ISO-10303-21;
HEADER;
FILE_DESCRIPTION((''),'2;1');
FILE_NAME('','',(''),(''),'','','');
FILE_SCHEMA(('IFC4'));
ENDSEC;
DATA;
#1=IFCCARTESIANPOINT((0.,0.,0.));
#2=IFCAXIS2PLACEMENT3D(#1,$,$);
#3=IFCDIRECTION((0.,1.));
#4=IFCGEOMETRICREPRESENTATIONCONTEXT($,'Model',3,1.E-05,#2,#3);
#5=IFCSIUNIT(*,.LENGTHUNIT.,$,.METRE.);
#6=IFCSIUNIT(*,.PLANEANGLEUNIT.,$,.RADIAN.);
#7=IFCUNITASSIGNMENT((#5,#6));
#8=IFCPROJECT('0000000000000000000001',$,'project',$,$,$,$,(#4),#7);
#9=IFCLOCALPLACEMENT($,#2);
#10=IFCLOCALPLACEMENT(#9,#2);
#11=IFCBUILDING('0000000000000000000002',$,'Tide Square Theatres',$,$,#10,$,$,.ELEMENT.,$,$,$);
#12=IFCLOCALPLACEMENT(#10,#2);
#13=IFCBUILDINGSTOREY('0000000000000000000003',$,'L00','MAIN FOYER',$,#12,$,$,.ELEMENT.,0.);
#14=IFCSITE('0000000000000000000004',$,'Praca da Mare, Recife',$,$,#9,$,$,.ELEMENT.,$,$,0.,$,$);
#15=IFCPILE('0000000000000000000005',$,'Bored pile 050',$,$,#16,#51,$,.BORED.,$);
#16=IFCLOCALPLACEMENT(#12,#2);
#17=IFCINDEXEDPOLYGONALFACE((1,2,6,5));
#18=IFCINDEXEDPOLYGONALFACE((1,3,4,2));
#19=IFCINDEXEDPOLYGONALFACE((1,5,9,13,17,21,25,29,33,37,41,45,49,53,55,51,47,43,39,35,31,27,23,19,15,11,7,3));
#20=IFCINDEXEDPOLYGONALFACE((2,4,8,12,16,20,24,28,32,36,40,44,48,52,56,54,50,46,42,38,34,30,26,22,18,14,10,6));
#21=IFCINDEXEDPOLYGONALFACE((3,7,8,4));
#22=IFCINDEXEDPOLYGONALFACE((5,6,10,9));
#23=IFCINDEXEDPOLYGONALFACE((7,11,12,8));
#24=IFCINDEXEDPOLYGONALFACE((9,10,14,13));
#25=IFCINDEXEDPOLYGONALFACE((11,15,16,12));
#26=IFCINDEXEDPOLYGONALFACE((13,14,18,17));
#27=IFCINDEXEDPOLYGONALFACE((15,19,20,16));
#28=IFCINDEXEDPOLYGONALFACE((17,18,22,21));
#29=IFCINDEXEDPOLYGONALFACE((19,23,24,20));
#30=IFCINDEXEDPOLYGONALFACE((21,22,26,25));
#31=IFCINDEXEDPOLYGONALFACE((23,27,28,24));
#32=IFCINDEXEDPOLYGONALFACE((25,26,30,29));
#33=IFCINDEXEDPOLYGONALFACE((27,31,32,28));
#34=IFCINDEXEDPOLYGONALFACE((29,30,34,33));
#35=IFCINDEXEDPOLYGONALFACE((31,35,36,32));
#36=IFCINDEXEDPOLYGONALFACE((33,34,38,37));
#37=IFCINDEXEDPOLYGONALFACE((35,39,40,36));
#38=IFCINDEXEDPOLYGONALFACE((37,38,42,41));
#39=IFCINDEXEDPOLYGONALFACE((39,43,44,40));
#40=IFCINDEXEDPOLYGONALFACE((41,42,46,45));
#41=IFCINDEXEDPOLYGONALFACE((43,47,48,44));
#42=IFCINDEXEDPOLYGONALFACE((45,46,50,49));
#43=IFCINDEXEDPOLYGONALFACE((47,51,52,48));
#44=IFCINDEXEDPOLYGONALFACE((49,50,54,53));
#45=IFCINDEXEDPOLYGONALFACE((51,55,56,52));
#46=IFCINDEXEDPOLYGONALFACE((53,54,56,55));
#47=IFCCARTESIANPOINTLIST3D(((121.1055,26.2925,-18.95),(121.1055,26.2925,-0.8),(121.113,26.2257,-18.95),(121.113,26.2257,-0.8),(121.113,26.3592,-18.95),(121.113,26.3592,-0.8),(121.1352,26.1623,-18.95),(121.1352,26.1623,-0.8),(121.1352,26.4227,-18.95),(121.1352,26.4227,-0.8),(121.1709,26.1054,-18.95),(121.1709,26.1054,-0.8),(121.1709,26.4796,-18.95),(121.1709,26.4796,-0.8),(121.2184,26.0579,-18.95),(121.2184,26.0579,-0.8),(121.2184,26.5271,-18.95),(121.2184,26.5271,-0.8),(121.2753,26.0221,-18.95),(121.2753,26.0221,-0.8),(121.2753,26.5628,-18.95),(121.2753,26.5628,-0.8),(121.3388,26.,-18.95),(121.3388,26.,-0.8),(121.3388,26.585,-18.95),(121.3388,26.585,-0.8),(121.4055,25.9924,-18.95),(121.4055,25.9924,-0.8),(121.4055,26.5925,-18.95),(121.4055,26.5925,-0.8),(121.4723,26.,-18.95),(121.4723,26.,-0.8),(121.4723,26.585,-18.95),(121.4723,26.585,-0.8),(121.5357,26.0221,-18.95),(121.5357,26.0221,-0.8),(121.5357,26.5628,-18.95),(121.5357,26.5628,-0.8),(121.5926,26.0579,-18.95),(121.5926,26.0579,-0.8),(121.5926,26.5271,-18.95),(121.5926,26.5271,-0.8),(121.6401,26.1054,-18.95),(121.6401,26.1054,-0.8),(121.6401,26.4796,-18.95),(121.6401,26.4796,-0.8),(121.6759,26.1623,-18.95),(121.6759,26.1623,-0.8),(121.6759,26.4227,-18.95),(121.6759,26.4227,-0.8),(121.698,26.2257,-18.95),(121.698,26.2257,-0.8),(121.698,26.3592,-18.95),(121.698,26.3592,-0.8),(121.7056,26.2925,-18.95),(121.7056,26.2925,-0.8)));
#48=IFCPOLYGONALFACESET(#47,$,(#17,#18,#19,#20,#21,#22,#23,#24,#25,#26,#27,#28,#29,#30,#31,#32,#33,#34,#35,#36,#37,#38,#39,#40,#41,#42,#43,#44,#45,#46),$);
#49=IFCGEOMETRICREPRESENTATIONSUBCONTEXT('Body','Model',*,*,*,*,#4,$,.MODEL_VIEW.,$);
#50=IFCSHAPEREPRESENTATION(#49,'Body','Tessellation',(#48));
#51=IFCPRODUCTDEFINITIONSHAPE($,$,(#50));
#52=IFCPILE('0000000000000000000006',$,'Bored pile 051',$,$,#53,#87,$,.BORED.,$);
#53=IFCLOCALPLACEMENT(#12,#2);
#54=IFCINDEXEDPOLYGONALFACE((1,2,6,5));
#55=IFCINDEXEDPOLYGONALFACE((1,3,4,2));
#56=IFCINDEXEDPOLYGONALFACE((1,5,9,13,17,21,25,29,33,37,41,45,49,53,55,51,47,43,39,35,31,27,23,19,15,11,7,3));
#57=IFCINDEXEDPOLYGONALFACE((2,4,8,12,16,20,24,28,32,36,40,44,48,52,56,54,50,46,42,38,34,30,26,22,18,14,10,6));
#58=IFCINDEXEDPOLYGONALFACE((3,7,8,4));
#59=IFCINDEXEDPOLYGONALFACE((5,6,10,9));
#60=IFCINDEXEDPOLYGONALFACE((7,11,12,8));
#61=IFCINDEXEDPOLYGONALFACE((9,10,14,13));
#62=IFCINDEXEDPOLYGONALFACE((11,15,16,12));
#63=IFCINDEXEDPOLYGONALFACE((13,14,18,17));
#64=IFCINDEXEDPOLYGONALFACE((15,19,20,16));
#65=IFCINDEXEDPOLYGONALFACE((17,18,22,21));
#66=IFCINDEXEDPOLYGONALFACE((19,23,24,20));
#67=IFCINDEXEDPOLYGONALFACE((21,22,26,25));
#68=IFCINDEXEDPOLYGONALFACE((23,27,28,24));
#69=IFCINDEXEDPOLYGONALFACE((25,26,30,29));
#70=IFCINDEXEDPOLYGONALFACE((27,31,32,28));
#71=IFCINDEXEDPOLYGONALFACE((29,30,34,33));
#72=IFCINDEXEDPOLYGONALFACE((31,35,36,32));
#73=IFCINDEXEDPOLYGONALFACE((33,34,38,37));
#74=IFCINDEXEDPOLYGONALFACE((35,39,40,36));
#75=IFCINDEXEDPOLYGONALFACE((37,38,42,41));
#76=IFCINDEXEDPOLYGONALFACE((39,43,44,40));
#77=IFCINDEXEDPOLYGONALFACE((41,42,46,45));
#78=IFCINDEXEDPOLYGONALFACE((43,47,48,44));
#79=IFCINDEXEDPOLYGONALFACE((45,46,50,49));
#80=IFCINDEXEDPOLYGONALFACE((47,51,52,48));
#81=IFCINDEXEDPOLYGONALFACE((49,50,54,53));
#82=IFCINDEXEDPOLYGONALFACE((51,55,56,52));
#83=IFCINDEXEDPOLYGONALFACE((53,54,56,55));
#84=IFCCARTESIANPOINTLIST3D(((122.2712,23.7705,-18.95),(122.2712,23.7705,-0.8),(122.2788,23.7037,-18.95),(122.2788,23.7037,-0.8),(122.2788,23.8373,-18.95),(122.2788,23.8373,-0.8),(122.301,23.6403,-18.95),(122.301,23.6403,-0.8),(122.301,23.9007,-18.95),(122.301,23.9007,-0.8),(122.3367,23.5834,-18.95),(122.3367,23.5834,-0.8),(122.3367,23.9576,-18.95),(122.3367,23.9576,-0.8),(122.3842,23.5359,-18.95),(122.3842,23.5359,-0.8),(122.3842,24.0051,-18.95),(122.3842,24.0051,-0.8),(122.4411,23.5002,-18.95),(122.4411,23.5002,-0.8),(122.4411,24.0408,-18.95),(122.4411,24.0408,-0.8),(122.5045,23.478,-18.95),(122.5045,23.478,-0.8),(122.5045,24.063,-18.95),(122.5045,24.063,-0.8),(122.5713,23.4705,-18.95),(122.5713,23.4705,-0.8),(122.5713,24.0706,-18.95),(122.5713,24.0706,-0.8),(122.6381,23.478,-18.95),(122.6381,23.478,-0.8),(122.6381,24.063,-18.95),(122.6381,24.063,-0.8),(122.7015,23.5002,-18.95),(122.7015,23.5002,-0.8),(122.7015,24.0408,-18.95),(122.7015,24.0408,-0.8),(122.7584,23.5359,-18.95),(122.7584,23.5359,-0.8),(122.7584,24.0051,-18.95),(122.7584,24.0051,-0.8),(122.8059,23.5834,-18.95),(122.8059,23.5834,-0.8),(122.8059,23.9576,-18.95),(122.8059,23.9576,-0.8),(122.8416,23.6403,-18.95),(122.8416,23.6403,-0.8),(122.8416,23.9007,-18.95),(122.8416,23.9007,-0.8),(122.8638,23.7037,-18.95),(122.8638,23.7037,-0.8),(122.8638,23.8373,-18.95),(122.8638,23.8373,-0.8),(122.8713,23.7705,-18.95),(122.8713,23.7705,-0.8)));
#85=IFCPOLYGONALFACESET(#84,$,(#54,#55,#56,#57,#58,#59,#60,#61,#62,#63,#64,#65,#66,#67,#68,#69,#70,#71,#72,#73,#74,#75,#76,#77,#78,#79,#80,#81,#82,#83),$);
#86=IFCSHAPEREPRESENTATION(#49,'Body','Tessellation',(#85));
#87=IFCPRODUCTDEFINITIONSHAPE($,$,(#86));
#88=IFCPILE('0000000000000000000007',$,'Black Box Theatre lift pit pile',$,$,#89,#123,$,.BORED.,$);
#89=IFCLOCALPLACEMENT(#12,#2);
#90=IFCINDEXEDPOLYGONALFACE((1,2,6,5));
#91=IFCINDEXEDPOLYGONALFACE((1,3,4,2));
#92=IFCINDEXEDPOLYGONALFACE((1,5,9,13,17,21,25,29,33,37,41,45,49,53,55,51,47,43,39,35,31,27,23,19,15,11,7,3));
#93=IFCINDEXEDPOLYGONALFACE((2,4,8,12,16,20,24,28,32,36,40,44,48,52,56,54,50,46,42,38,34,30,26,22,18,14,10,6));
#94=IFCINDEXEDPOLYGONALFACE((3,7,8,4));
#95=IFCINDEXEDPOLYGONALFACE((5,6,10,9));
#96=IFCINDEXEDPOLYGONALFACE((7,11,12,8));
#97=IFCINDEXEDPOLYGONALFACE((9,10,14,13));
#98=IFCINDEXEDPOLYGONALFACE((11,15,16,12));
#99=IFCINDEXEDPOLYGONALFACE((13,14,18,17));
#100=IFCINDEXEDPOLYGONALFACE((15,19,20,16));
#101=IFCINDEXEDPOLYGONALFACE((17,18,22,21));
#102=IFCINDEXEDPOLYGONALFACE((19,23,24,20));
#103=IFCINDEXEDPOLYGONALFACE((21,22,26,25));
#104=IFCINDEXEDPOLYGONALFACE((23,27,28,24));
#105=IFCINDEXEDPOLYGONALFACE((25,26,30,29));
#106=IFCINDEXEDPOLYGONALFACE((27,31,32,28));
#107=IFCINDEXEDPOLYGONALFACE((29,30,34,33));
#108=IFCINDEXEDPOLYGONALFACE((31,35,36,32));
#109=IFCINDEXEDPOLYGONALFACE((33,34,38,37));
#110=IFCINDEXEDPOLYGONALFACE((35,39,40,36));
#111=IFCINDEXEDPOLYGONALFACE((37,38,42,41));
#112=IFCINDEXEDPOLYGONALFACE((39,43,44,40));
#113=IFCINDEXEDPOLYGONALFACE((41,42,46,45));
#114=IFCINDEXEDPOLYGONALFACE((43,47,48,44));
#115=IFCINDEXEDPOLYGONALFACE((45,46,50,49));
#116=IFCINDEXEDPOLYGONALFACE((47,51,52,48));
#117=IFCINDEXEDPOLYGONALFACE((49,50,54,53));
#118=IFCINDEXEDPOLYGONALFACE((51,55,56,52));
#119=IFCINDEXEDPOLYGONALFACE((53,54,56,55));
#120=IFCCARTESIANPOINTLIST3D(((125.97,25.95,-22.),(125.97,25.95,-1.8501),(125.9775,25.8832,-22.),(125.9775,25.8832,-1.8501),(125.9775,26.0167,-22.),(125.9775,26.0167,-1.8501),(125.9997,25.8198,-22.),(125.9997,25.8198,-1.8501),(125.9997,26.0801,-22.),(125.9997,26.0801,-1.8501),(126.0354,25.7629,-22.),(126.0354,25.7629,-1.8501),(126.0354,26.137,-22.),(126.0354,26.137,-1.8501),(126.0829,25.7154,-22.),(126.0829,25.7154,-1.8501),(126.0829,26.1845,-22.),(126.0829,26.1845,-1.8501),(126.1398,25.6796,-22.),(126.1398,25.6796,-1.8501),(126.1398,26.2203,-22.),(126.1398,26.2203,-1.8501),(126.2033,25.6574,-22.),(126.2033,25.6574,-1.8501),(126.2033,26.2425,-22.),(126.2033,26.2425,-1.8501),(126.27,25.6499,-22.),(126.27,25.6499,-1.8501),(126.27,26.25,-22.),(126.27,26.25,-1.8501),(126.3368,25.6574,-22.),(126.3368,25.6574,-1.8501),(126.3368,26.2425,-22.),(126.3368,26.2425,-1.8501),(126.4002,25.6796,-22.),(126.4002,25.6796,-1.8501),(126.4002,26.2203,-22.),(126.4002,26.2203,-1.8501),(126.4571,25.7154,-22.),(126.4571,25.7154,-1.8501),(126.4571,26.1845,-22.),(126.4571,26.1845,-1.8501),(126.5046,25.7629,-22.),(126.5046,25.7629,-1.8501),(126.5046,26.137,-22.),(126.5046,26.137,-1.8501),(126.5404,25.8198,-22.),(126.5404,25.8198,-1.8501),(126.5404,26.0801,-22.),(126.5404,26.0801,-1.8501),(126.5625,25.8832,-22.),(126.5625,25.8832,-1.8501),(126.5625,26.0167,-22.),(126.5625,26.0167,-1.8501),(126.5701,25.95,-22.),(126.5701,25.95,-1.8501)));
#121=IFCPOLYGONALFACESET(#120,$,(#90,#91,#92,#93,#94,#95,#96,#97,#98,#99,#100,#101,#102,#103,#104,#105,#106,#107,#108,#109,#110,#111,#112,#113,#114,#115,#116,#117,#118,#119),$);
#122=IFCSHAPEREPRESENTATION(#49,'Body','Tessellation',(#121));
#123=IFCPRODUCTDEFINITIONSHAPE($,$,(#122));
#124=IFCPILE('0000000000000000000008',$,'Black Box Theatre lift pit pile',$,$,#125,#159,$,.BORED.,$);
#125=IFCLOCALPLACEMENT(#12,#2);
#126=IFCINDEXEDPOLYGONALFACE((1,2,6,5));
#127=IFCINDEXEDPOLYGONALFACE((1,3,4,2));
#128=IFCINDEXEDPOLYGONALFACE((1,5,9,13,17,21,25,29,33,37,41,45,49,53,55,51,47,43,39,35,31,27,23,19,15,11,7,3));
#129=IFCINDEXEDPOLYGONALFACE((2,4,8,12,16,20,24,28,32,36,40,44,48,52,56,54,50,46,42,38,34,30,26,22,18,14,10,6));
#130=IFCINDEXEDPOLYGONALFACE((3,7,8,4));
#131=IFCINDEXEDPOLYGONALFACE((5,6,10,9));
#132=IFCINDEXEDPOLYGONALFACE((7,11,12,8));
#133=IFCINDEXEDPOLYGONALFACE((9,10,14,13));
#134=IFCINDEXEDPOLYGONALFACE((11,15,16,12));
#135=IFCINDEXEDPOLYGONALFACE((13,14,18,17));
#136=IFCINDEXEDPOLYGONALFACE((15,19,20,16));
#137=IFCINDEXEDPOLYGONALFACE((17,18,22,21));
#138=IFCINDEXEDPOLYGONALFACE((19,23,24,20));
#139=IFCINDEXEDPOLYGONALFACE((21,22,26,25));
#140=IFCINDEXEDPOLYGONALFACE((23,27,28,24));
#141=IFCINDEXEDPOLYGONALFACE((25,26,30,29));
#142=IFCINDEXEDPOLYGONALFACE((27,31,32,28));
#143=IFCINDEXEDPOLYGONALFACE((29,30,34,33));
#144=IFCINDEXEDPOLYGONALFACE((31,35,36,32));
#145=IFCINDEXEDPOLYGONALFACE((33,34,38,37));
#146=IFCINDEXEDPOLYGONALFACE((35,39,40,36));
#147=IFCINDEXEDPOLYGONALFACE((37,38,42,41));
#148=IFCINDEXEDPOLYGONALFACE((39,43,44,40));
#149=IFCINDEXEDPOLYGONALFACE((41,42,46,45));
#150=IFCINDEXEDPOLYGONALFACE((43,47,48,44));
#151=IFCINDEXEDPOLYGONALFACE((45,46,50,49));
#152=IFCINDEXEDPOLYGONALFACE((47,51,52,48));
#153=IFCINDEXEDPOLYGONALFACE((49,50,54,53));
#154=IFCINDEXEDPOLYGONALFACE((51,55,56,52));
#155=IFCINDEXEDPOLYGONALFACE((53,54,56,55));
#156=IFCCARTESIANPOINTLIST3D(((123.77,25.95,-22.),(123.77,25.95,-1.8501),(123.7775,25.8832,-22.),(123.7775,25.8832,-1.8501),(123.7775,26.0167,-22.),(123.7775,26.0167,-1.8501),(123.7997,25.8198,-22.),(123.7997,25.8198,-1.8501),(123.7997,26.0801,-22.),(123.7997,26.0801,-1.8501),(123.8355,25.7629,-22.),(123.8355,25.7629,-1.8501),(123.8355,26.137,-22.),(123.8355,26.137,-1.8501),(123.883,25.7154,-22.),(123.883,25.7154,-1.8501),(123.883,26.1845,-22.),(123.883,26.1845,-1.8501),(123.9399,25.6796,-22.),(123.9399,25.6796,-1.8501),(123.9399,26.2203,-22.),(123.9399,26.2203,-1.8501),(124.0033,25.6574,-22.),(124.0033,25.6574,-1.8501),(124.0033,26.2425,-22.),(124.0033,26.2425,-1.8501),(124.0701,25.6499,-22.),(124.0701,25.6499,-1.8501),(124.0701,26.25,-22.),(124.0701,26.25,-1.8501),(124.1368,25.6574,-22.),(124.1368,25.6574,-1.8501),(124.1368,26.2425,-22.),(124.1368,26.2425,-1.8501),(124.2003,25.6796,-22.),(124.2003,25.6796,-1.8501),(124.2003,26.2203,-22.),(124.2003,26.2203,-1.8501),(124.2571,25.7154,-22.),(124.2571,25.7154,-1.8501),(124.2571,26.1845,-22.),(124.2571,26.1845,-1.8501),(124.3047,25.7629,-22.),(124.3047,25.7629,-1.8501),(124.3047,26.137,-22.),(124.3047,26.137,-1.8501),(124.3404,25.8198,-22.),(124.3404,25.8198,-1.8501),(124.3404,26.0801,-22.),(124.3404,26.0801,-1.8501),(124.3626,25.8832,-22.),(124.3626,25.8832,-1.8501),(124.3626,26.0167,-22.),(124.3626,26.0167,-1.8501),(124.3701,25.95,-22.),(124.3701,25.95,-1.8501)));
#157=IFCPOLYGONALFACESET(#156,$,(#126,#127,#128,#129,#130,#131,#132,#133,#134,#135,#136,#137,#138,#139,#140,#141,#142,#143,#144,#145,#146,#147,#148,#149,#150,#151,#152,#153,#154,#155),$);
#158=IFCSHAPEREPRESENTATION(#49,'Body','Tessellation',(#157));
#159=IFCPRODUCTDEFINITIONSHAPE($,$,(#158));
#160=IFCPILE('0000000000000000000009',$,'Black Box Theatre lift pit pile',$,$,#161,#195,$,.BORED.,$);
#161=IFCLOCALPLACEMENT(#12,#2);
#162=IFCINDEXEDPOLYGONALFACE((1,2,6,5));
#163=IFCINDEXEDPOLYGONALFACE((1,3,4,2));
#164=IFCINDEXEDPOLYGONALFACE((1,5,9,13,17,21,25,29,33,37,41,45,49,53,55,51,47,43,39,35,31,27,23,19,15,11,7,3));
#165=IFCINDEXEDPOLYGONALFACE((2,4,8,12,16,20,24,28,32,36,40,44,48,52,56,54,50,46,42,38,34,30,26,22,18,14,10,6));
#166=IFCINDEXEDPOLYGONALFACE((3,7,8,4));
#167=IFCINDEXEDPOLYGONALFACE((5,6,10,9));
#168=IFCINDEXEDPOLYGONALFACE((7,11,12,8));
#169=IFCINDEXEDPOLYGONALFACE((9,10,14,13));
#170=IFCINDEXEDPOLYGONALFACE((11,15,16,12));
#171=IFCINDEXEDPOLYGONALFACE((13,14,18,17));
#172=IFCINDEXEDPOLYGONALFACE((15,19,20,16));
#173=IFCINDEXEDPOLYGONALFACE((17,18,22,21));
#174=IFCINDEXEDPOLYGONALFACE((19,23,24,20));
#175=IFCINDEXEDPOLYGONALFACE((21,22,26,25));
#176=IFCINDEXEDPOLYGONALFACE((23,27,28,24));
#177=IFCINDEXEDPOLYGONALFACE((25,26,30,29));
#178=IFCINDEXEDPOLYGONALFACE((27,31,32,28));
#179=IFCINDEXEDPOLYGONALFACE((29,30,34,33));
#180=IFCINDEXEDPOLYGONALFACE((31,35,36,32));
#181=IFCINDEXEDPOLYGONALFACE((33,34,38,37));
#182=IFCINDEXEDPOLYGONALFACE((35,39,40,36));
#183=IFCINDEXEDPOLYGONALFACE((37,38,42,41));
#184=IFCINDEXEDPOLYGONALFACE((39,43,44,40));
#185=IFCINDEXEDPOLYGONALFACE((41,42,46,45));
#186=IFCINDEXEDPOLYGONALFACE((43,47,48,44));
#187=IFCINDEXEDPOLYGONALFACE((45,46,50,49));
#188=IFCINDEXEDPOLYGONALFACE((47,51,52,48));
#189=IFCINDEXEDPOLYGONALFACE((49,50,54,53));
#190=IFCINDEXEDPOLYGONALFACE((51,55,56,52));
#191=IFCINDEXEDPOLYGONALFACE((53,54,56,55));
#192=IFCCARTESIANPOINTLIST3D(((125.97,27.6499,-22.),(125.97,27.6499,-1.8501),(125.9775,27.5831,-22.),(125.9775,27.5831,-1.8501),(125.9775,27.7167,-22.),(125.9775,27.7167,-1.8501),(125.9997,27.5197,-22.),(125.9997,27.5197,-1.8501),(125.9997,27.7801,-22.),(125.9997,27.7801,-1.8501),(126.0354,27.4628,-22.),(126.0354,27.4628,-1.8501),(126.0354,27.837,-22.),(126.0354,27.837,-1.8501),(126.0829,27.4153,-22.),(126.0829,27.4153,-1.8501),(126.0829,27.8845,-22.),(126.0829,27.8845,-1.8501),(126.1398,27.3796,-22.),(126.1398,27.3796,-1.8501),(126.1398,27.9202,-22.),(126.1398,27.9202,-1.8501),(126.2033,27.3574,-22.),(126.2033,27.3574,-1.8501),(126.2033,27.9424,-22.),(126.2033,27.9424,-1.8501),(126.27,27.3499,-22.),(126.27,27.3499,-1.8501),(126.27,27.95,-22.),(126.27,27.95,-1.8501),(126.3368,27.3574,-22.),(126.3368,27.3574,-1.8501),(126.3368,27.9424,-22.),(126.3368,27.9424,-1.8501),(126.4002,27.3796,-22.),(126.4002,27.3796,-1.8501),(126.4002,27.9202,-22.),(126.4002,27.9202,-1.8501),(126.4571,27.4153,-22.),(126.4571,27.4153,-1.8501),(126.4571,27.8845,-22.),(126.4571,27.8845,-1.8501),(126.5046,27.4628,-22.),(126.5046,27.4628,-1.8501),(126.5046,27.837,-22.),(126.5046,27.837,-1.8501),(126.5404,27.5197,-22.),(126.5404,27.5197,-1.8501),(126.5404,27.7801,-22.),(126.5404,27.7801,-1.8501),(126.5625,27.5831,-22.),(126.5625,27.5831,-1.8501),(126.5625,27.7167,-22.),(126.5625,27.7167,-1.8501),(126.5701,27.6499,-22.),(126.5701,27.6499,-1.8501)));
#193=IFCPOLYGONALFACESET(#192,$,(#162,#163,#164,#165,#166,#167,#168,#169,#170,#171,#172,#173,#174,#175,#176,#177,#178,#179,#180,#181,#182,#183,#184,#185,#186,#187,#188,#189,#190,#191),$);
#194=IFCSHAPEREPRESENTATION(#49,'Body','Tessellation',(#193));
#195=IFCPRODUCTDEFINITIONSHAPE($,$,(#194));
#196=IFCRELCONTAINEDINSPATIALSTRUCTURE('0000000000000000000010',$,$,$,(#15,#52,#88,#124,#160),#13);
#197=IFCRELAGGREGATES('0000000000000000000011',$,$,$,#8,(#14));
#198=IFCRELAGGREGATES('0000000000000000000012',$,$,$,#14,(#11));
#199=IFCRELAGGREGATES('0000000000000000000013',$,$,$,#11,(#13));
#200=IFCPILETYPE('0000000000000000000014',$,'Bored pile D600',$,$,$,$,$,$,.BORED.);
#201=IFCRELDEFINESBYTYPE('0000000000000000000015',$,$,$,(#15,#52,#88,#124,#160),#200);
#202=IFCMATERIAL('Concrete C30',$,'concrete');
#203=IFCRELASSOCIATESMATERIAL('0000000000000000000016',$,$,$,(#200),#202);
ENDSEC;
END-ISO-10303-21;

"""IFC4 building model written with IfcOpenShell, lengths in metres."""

from ifc_helpers import new_model, si_unit, direction, frame, origin, origin_2d, place, context, subcontext, project, spatial, circle, extrude, material, material_profile, profile_set, type_object, element, save


model = new_model("IFC4")

# Units and contexts
model_context = context("Model", 3, precision=1e-05, world=origin(), true_north=direction((0.0, 1.0)))
body_context = subcontext(model_context, "Body", "Model", "MODEL_VIEW")
ifc_project = project(units=[si_unit("LENGTHUNIT", "METRE"), si_unit("PLANEANGLEUNIT", "RADIAN")], contexts=[model_context])

# Site, building, storey
site_placement = place(None, origin())
site = spatial("IfcSite", under=ifc_project, at=site_placement, Name="Praca da Mare, Recife", CompositionType="ELEMENT", RefElevation=0.0)
building_placement = place(site_placement, origin())
building = spatial("IfcBuilding", under=site, at=building_placement, Name="Tide Square Theatres", CompositionType="ELEMENT")
storey_placement = place(building_placement, origin())
storey = spatial("IfcBuildingStorey", under=building, at=storey_placement, Name="L00", Description="MAIN FOYER", CompositionType="ELEMENT", Elevation=0.0)

# Piles
ifc_material_1 = material(Name="Concrete C30", Category="concrete")
ifc_material_profile_1 = material_profile(ifc_material_1, circle(Radius=0.3, at=origin_2d()))
ifc_profile_set_1 = profile_set([ifc_material_profile_1], Name="Concrete C30")
pile_type = type_object("IfcPileType", Name="Bored pile D600", PredefinedType="BORED", material=ifc_profile_set_1)
for number, where, z_axis, x_axis, name in (
    (1, (121.4055, 26.2925, -0.8), (0.0, 0.0, -1.0), (1.0, 0.0, 0.0), "Bored pile 050"),
    (2, (122.5713, 23.7705, -0.8), (0.0, 0.0, -1.0), (1.0, 0.0, 0.0), "Bored pile 051"),
):
    element("IfcPile", number, at=place(storey_placement, frame(where, z_axis=z_axis, x_axis=x_axis)), inside=storey, type_object=pile_type, Name=name, PredefinedType="BORED", context=body_context, shape_type="SweptSolid", body=[
        extrude(circle(Radius=0.3, at=origin_2d()), origin(), (0.0, 0.0, 1.0), 18.1499),
    ])
for number, where, z_axis, x_axis, name in (
    (3, (126.27, 25.95, -1.8501), (0.0, 0.0, -1.0), (1.0, 0.0, 0.0), "Black Box Theatre lift pit pile"),
    (4, (124.0701, 25.95, -1.8501), (0.0, 0.0, -1.0), (1.0, 0.0, 0.0), "Black Box Theatre lift pit pile"),
    (5, (126.27, 27.6499, -1.8501), (0.0, 0.0, -1.0), (1.0, 0.0, 0.0), "Black Box Theatre lift pit pile"),
):
    element("IfcPile", number, at=place(storey_placement, frame(where, z_axis=z_axis, x_axis=x_axis)), inside=storey, type_object=pile_type, Name=name, PredefinedType="BORED", context=body_context, shape_type="SweptSolid", body=[
        extrude(circle(Radius=0.3, at=origin_2d()), origin(), (0.0, 0.0, 1.0), 20.1499),
    ])

save(model, "model.ifc")
